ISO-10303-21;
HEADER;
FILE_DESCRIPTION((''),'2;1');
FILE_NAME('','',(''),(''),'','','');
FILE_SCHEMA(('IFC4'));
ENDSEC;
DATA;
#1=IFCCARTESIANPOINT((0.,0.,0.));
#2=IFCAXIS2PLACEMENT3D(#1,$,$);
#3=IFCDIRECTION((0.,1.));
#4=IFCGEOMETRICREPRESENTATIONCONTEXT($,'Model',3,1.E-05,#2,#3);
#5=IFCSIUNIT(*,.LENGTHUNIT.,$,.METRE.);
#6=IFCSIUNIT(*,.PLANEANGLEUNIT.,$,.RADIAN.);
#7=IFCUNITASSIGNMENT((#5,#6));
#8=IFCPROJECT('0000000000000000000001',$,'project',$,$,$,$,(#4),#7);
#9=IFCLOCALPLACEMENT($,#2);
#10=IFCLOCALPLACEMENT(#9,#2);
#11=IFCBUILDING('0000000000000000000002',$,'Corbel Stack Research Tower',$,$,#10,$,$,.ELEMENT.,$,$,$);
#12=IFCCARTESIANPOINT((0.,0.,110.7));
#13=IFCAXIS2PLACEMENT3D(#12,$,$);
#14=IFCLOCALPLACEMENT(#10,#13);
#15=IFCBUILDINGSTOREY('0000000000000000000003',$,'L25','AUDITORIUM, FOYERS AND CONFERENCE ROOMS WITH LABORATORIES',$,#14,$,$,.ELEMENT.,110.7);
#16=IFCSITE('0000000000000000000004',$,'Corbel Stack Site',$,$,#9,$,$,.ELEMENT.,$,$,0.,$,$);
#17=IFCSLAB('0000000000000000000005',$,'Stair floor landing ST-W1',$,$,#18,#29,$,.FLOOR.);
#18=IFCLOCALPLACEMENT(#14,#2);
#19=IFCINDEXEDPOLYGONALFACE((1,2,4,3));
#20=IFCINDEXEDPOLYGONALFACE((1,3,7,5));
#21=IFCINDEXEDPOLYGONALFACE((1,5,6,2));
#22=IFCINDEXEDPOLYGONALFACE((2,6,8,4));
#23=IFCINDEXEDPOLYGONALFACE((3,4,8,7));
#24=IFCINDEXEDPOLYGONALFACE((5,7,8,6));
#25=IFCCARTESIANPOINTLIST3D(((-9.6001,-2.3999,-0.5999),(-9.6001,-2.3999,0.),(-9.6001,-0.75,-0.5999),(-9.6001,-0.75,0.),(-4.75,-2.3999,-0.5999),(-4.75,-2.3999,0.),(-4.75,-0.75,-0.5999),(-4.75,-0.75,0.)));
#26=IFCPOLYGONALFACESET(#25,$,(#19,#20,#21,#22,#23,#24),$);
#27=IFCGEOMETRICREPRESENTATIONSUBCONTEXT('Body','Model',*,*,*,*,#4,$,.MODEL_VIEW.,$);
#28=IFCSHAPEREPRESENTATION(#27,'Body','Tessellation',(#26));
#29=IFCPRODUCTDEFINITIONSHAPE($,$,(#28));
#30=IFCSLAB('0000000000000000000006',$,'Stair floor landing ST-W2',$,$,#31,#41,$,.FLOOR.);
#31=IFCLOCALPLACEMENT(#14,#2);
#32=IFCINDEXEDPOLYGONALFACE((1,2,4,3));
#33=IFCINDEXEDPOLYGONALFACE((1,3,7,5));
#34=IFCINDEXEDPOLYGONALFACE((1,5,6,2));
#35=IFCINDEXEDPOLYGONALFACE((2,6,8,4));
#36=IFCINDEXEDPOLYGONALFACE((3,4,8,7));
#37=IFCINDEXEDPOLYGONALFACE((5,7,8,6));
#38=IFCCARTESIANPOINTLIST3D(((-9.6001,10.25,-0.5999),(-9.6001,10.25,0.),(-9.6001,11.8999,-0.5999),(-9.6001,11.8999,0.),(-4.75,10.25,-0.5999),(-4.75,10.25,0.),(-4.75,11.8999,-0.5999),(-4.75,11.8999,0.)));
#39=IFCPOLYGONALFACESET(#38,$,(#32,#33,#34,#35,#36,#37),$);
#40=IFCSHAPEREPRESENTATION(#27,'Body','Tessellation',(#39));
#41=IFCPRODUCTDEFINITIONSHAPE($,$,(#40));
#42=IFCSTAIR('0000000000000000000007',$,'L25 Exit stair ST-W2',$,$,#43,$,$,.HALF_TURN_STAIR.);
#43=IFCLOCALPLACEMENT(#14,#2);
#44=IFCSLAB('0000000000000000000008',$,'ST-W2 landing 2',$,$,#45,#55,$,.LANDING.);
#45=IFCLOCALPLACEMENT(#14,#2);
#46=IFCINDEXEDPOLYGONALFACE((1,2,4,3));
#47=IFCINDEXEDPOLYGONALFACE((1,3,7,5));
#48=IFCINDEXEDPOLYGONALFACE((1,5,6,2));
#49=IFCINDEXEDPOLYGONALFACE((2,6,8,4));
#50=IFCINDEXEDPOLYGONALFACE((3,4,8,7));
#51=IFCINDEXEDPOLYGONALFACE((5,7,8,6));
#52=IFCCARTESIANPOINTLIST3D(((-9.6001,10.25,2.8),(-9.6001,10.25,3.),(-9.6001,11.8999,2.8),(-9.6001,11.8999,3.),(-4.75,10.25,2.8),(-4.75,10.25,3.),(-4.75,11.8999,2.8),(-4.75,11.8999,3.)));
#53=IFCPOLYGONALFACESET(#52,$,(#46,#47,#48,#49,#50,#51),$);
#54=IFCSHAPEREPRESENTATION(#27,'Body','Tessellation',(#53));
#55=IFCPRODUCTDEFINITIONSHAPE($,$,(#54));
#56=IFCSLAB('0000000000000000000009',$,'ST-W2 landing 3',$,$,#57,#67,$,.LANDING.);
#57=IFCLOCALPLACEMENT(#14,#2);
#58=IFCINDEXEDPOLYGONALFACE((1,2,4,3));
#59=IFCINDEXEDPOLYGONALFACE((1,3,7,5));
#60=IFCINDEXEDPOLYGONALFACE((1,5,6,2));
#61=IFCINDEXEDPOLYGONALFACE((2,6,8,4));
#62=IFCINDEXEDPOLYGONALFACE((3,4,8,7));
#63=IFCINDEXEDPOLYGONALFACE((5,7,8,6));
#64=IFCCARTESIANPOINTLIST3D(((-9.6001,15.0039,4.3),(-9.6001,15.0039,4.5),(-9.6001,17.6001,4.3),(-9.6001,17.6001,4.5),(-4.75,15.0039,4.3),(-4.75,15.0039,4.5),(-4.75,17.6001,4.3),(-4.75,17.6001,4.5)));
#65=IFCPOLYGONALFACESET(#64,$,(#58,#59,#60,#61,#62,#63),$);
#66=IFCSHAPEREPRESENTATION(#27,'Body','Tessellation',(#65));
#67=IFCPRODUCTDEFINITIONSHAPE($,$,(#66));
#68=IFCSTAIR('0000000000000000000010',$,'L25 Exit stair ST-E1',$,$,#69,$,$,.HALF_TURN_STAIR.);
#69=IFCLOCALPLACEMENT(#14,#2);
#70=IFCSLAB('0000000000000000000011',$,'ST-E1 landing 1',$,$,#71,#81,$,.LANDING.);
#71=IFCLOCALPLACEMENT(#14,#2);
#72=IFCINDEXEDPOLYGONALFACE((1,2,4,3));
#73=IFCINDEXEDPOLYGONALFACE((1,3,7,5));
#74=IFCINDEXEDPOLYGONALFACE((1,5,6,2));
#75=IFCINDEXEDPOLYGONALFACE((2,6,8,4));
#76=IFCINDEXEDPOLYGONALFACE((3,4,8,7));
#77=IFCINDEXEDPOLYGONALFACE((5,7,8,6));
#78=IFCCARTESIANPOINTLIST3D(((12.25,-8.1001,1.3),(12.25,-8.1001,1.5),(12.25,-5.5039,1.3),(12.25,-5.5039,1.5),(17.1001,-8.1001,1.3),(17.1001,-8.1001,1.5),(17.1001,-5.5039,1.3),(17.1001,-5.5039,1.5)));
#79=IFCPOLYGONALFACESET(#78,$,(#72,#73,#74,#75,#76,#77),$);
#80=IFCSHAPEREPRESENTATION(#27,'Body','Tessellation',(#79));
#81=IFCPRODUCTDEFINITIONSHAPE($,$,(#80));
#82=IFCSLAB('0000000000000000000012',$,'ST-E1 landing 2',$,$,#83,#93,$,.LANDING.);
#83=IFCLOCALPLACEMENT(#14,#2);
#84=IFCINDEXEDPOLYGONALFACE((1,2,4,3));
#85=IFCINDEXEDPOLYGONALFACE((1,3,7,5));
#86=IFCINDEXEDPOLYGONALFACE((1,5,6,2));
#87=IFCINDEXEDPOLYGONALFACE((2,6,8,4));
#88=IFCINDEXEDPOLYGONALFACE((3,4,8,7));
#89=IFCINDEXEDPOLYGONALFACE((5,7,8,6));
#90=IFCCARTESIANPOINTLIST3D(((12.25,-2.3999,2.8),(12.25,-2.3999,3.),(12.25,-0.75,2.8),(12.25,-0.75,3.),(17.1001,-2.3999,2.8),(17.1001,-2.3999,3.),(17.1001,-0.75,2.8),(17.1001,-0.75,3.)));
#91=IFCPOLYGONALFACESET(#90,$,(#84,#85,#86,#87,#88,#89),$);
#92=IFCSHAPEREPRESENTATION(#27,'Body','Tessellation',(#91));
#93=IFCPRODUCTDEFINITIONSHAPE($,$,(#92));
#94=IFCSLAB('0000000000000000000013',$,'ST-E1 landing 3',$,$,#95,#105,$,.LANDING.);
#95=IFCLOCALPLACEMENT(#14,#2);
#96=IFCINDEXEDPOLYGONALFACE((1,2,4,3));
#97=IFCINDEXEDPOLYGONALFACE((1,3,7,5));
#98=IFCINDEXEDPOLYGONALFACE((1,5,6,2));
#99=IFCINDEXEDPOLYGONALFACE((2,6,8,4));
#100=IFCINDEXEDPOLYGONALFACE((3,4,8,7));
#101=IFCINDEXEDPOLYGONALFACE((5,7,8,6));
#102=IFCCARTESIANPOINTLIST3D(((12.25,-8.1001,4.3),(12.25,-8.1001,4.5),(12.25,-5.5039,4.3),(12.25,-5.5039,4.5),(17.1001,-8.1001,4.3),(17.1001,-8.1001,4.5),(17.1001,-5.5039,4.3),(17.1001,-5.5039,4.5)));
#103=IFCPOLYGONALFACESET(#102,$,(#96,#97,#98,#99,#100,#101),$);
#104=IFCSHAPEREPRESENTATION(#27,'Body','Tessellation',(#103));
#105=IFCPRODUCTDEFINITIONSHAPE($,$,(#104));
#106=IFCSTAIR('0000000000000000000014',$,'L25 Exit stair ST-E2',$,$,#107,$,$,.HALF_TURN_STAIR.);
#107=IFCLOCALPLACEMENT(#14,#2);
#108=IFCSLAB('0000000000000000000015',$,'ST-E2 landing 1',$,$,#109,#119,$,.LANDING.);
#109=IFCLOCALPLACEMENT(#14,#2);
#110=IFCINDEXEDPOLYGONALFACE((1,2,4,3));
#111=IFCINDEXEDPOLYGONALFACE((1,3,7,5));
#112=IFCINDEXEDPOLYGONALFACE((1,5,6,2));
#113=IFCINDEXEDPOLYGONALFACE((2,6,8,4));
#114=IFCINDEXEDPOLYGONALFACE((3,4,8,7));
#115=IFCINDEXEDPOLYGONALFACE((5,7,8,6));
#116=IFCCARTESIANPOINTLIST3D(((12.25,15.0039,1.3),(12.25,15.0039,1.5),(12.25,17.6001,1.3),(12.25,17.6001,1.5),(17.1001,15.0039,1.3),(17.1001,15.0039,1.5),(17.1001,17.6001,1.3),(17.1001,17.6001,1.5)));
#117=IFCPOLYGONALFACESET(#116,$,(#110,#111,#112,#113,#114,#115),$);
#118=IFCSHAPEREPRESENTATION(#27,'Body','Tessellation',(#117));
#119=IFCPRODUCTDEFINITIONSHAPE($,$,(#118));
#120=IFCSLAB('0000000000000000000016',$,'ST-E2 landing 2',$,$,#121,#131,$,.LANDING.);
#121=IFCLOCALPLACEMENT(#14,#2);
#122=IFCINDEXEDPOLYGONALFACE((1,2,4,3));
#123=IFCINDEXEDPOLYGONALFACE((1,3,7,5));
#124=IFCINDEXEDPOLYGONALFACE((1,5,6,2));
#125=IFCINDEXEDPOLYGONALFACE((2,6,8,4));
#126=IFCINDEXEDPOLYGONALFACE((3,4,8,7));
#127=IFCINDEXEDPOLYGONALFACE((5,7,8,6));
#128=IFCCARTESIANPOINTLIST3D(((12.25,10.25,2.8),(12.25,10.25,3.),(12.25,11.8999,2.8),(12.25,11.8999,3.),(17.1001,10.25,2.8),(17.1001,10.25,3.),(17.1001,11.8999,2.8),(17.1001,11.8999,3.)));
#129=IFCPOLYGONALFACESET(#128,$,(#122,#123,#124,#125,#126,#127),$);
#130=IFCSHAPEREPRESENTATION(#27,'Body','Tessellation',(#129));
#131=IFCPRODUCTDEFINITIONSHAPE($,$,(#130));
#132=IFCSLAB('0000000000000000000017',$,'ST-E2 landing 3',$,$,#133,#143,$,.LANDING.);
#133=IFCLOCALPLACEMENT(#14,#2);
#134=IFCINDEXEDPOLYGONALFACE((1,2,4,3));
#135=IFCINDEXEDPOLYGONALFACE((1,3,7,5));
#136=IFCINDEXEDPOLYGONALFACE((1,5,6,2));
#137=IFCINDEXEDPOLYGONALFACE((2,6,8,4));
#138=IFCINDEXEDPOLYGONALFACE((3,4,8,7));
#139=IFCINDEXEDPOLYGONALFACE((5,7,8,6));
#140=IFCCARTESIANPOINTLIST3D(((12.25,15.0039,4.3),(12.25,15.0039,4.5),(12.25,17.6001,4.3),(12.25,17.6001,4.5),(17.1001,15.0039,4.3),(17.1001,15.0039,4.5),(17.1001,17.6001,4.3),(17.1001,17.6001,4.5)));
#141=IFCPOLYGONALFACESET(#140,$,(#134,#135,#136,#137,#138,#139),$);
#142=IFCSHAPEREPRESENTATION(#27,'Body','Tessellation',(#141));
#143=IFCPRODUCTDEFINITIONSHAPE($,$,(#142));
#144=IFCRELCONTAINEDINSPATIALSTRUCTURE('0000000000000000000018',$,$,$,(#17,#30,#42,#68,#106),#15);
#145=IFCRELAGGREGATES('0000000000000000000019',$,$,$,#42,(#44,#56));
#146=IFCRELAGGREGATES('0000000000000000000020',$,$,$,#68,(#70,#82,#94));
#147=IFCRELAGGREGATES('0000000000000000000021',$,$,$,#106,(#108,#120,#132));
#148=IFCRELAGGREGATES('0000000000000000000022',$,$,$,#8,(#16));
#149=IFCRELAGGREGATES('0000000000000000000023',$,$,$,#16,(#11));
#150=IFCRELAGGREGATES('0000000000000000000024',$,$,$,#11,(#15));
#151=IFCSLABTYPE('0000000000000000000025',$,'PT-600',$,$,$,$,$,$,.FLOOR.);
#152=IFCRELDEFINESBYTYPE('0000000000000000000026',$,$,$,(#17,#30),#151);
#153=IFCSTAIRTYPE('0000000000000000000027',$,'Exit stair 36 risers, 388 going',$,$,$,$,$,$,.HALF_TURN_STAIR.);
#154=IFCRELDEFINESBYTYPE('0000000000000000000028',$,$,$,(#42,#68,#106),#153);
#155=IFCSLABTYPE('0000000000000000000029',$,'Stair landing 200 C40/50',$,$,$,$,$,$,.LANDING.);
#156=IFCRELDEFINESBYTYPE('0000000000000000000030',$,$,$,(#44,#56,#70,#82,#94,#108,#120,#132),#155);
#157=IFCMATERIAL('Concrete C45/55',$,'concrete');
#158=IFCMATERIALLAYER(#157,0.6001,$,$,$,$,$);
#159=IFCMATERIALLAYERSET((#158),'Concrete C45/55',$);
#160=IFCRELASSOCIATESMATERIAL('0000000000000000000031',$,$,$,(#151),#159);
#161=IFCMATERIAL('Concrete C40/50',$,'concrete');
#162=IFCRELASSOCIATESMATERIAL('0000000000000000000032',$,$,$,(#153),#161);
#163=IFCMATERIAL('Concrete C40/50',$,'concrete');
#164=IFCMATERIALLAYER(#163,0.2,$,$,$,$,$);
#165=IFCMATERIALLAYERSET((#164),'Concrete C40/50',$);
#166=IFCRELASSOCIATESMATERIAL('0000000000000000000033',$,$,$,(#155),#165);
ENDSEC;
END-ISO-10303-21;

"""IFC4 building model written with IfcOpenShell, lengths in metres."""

from ifc_helpers import new_model, si_unit, direction, frame, origin, place, context, subcontext, project, spatial, polyline, outline, extrude, material, layer, layer_set, type_object, element, aggregate, save


model = new_model("IFC4")

# Units and contexts
model_context = context("Model", 3, precision=1e-05, world=origin(), true_north=direction((0.0, 1.0)))
body_context = subcontext(model_context, "Body", "Model", "MODEL_VIEW")
ifc_project = project(units=[si_unit("LENGTHUNIT", "METRE"), si_unit("PLANEANGLEUNIT", "RADIAN")], contexts=[model_context])

# Site, building, storey
site_placement = place(None, origin())
site = spatial("IfcSite", under=ifc_project, at=site_placement, Name="Corbel Stack Site", CompositionType="ELEMENT", RefElevation=0.0)
building_placement = place(site_placement, origin())
building = spatial("IfcBuilding", under=site, at=building_placement, Name="Corbel Stack Research Tower", CompositionType="ELEMENT")
storey_placement = place(building_placement, frame((0.0, 0.0, 110.7)))
storey = spatial("IfcBuildingStorey", under=building, at=storey_placement, Name="L25", Description="AUDITORIUM, FOYERS AND CONFERENCE ROOMS WITH LABORATORIES", CompositionType="ELEMENT", Elevation=110.7)

# Slabs
ifc_material_1 = material(Name="Concrete C45/55", Category="concrete")
ifc_layer_1 = layer(ifc_material_1, 0.6001)
ifc_layer_set_1 = layer_set([ifc_layer_1], Name="Concrete C45/55")
slab_type_1 = type_object("IfcSlabType", Name="PT-600", PredefinedType="FLOOR", material=ifc_layer_set_1)
slab_1_placement = place(storey_placement, frame((0.0, 0.0, -0.5999)))
element("IfcSlab", 1, at=slab_1_placement, inside=storey, type_object=slab_type_1, Name="Stair floor landing ST-W1", PredefinedType="FLOOR", context=body_context, shape_type="SweptSolid", body=[
    extrude(outline(polyline([(-9.6001, -2.3999), (-4.75, -2.3999), (-4.75, -0.75), (-9.6001, -0.75), (-9.6001, -2.3999)])), origin(), (0.0, 0.0, 1.0), 0.5999),
])
slab_2_placement = place(storey_placement, frame((0.0, 0.0, -0.5999)))
element("IfcSlab", 2, at=slab_2_placement, inside=storey, type_object=slab_type_1, Name="Stair floor landing ST-W2", PredefinedType="FLOOR", context=body_context, shape_type="SweptSolid", body=[
    extrude(outline(polyline([(-9.6001, 10.25), (-4.75, 10.25), (-4.75, 11.8999), (-9.6001, 11.8999), (-9.6001, 10.25)])), origin(), (0.0, 0.0, 1.0), 0.5999),
])

# Stairs, slabs
ifc_material_2 = material(Name="Concrete C40/50", Category="concrete")
stair_type = type_object("IfcStairType", Name="Exit stair 36 risers, 388 going", PredefinedType="HALF_TURN_STAIR", material=ifc_material_2)
stair_1_placement = place(storey_placement, origin())
stair_1 = element("IfcStair", 3, at=stair_1_placement, inside=storey, type_object=stair_type, Name="L25 Exit stair ST-W2", PredefinedType="HALF_TURN_STAIR")
ifc_material_3 = material(Name="Concrete C40/50", Category="concrete")
ifc_layer_2 = layer(ifc_material_3, 0.2)
ifc_layer_set_2 = layer_set([ifc_layer_2], Name="Concrete C40/50")
slab_type_2 = type_object("IfcSlabType", Name="Stair landing 200 C40/50", PredefinedType="LANDING", material=ifc_layer_set_2)
slab_3_placement = place(storey_placement, frame((0.0, 0.0, 2.8)))
slab_3 = element("IfcSlab", 4, at=slab_3_placement, type_object=slab_type_2, Name="ST-W2 landing 2", PredefinedType="LANDING", context=body_context, shape_type="SweptSolid", body=[
    extrude(outline(polyline([(-9.6001, 10.25), (-9.6001, 11.8999), (-4.75, 11.8999), (-4.75, 10.25), (-9.6001, 10.25)])), origin(), (0.0, 0.0, 1.0), 0.2),
])
slab_4_placement = place(storey_placement, frame((0.0, 0.0, 4.3)))
slab_4 = element("IfcSlab", 5, at=slab_4_placement, type_object=slab_type_2, Name="ST-W2 landing 3", PredefinedType="LANDING", context=body_context, shape_type="SweptSolid", body=[
    extrude(outline(polyline([(-9.6001, 15.0039), (-9.6001, 17.6001), (-4.75, 17.6001), (-4.75, 15.0039), (-9.6001, 15.0039)])), origin(), (0.0, 0.0, 1.0), 0.2),
])
aggregate(stair_1, [slab_3, slab_4])
stair_2_placement = place(storey_placement, origin())
stair_2 = element("IfcStair", 6, at=stair_2_placement, inside=storey, type_object=stair_type, Name="L25 Exit stair ST-E1", PredefinedType="HALF_TURN_STAIR")
slab_5_placement = place(storey_placement, frame((0.0, 0.0, 1.3)))
slab_5 = element("IfcSlab", 7, at=slab_5_placement, type_object=slab_type_2, Name="ST-E1 landing 1", PredefinedType="LANDING", context=body_context, shape_type="SweptSolid", body=[
    extrude(outline(polyline([(12.25, -8.1001), (12.25, -5.5039), (17.1001, -5.5039), (17.1001, -8.1001), (12.25, -8.1001)])), origin(), (0.0, 0.0, 1.0), 0.2),
])
slab_6_placement = place(storey_placement, frame((0.0, 0.0, 2.8)))
slab_6 = element("IfcSlab", 8, at=slab_6_placement, type_object=slab_type_2, Name="ST-E1 landing 2", PredefinedType="LANDING", context=body_context, shape_type="SweptSolid", body=[
    extrude(outline(polyline([(12.25, -2.3999), (12.25, -0.75), (17.1001, -0.75), (17.1001, -2.3999), (12.25, -2.3999)])), origin(), (0.0, 0.0, 1.0), 0.2),
])
slab_7_placement = place(storey_placement, frame((0.0, 0.0, 4.3)))
slab_7 = element("IfcSlab", 9, at=slab_7_placement, type_object=slab_type_2, Name="ST-E1 landing 3", PredefinedType="LANDING", context=body_context, shape_type="SweptSolid", body=[
    extrude(outline(polyline([(12.25, -8.1001), (12.25, -5.5039), (17.1001, -5.5039), (17.1001, -8.1001), (12.25, -8.1001)])), origin(), (0.0, 0.0, 1.0), 0.2),
])
aggregate(stair_2, [slab_5, slab_6, slab_7])
stair_3_placement = place(storey_placement, origin())
stair_3 = element("IfcStair", 10, at=stair_3_placement, inside=storey, type_object=stair_type, Name="L25 Exit stair ST-E2", PredefinedType="HALF_TURN_STAIR")
slab_8_placement = place(storey_placement, frame((0.0, 0.0, 1.3)))
slab_8 = element("IfcSlab", 11, at=slab_8_placement, type_object=slab_type_2, Name="ST-E2 landing 1", PredefinedType="LANDING", context=body_context, shape_type="SweptSolid", body=[
    extrude(outline(polyline([(12.25, 15.0039), (12.25, 17.6001), (17.1001, 17.6001), (17.1001, 15.0039), (12.25, 15.0039)])), origin(), (0.0, 0.0, 1.0), 0.2),
])
slab_9_placement = place(storey_placement, frame((0.0, 0.0, 2.8)))
slab_9 = element("IfcSlab", 12, at=slab_9_placement, type_object=slab_type_2, Name="ST-E2 landing 2", PredefinedType="LANDING", context=body_context, shape_type="SweptSolid", body=[
    extrude(outline(polyline([(12.25, 10.25), (12.25, 11.8999), (17.1001, 11.8999), (17.1001, 10.25), (12.25, 10.25)])), origin(), (0.0, 0.0, 1.0), 0.2),
])
slab_10_placement = place(storey_placement, frame((0.0, 0.0, 4.3)))
slab_10 = element("IfcSlab", 13, at=slab_10_placement, type_object=slab_type_2, Name="ST-E2 landing 3", PredefinedType="LANDING", context=body_context, shape_type="SweptSolid", body=[
    extrude(outline(polyline([(12.25, 15.0039), (12.25, 17.6001), (17.1001, 17.6001), (17.1001, 15.0039), (12.25, 15.0039)])), origin(), (0.0, 0.0, 1.0), 0.2),
])
aggregate(stair_3, [slab_8, slab_9, slab_10])

save(model, "model.ifc")
